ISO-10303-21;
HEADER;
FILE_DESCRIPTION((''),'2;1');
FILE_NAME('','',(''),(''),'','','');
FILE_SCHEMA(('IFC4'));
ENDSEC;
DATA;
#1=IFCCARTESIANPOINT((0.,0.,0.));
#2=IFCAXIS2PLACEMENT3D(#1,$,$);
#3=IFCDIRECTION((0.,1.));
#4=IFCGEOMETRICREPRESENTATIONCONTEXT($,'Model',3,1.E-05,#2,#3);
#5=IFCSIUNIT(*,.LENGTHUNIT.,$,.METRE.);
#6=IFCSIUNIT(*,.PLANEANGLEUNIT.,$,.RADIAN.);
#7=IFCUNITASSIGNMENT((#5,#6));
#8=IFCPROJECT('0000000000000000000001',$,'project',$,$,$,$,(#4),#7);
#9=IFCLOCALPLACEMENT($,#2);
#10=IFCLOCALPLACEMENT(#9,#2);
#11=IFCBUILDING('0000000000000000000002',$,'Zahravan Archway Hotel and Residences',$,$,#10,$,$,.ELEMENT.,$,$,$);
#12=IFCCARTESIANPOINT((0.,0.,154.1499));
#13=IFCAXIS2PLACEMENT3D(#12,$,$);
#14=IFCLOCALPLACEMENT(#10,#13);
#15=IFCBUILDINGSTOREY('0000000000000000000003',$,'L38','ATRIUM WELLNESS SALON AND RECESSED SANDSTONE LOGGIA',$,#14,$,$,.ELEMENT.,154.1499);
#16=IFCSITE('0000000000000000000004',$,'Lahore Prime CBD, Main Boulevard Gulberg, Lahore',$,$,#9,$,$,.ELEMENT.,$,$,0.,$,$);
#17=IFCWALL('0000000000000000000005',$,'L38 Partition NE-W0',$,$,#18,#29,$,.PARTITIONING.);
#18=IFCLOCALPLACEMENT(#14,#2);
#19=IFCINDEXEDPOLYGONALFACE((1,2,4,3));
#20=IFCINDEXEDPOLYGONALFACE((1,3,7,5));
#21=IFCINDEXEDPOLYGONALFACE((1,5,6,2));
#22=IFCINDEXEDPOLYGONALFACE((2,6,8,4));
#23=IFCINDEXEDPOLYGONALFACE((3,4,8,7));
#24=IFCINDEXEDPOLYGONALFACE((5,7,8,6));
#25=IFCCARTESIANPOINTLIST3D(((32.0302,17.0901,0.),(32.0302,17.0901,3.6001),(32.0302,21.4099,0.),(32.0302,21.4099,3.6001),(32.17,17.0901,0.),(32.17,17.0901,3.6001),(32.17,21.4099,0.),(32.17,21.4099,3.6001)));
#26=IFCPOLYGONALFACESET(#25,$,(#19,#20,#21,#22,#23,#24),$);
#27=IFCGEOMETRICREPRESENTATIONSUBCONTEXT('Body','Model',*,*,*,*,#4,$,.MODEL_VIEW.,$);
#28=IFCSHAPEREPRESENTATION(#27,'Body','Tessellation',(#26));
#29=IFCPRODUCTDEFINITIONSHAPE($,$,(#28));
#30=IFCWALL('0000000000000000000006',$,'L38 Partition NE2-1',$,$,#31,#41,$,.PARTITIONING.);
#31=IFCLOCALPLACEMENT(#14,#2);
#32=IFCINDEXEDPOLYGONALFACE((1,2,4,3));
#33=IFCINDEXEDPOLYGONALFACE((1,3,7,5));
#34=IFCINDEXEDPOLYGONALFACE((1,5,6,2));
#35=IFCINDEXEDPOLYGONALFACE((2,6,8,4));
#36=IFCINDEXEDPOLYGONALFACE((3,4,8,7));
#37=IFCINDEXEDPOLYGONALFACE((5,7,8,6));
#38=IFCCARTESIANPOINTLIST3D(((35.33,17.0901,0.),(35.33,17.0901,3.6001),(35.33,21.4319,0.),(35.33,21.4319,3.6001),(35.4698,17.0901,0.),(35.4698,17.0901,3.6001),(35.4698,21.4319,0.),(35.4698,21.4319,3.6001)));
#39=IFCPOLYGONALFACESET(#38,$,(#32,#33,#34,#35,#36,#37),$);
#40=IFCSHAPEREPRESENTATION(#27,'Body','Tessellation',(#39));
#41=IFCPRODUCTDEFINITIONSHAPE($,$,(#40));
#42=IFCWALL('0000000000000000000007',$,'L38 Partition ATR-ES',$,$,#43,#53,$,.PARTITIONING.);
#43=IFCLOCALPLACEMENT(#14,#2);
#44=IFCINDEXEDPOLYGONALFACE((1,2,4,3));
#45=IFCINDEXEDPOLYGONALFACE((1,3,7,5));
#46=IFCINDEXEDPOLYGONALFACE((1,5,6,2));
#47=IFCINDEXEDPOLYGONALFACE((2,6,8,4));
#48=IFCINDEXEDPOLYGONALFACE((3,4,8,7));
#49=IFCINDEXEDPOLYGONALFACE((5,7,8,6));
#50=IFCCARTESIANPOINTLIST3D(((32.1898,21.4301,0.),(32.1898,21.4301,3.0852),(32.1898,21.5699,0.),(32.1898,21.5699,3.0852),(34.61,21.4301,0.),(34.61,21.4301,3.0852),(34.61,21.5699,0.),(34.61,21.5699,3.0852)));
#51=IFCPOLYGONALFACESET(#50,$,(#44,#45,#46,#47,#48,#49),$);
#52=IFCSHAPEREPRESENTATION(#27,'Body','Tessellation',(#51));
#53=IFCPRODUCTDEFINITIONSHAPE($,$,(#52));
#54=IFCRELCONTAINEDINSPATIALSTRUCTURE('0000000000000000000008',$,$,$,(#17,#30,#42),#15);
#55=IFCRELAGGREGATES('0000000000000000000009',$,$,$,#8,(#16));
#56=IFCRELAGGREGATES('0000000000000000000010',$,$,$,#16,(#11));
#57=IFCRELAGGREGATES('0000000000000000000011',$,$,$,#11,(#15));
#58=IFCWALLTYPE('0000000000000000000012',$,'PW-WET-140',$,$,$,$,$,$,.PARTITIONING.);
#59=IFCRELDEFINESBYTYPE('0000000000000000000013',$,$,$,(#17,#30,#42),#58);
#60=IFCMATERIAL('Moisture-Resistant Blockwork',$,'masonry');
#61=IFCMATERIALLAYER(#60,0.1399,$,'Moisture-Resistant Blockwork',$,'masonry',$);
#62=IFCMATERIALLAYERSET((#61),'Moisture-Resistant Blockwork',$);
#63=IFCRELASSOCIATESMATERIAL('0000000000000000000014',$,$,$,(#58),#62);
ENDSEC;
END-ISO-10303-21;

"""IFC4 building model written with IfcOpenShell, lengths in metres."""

from ifc_helpers import new_model, si_unit, direction, frame, frame_2d, origin, place, context, subcontext, project, spatial, rectangle, extrude, material, layer, layer_set, type_object, element, save


model = new_model("IFC4")

# Units and contexts
model_context = context("Model", 3, precision=1e-05, world=origin(), true_north=direction((0.0, 1.0)))
body_context = subcontext(model_context, "Body", "Model", "MODEL_VIEW")
ifc_project = project(units=[si_unit("LENGTHUNIT", "METRE"), si_unit("PLANEANGLEUNIT", "RADIAN")], contexts=[model_context])

# Site, building, storey
site_placement = place(None, origin())
site = spatial("IfcSite", under=ifc_project, at=site_placement, Name="Lahore Prime CBD, Main Boulevard Gulberg, Lahore", CompositionType="ELEMENT", RefElevation=0.0)
building_placement = place(site_placement, origin())
building = spatial("IfcBuilding", under=site, at=building_placement, Name="Zahravan Archway Hotel and Residences", CompositionType="ELEMENT")
storey_placement = place(building_placement, frame((0.0, 0.0, 154.1499)))
storey = spatial("IfcBuildingStorey", under=building, at=storey_placement, Name="L38", Description="ATRIUM WELLNESS SALON AND RECESSED SANDSTONE LOGGIA", CompositionType="ELEMENT", Elevation=154.1499)

# Walls
ifc_material_1 = material(Name="Moisture-Resistant Blockwork", Category="masonry")
ifc_layer_1 = layer(ifc_material_1, 0.1399, Name="Moisture-Resistant Blockwork", Category="masonry")
ifc_layer_set_1 = layer_set([ifc_layer_1], Name="Moisture-Resistant Blockwork")
wall_type_1 = type_object("IfcWallType", Name="PW-WET-140", PredefinedType="PARTITIONING", material=ifc_layer_set_1)
wall_1_placement = place(storey_placement, frame((32.1001, 17.0901, 0.0), z_axis=(0.0, 0.0, 1.0), x_axis=(0.0, 1.0, 0.0)))
element("IfcWall", 1, at=wall_1_placement, inside=storey, type_object=wall_type_1, Name="L38 Partition NE-W0", PredefinedType="PARTITIONING", context=body_context, shape_type="SweptSolid", body=[
    extrude(rectangle(XDim=4.3198, YDim=0.1399, at=frame_2d((2.1599, 0.0))), origin(), (0.0, 0.0, 1.0), 3.6001),
])
wall_2_placement = place(storey_placement, frame((35.3999, 17.0901, 0.0), z_axis=(0.0, 0.0, 1.0), x_axis=(0.0, 1.0, 0.0)))
element("IfcWall", 2, at=wall_2_placement, inside=storey, type_object=wall_type_1, Name="L38 Partition NE2-1", PredefinedType="PARTITIONING", context=body_context, shape_type="SweptSolid", body=[
    extrude(rectangle(XDim=4.3418, YDim=0.1399, at=frame_2d((2.1709, 0.0))), origin(), (0.0, 0.0, 1.0), 3.6001),
])
wall_3_placement = place(storey_placement, frame((32.1899, 21.5, 0.0), z_axis=(0.0, 0.0, 1.0), x_axis=(1.0, 0.0, 0.0)))
element("IfcWall", 3, at=wall_3_placement, inside=storey, type_object=wall_type_1, Name="L38 Partition ATR-ES", PredefinedType="PARTITIONING", context=body_context, shape_type="SweptSolid", body=[
    extrude(rectangle(XDim=2.4202, YDim=0.1399, at=frame_2d((1.21, 0.0))), origin(), (0.0, 0.0, 1.0), 3.0852),
])

save(model, "model.ifc")
